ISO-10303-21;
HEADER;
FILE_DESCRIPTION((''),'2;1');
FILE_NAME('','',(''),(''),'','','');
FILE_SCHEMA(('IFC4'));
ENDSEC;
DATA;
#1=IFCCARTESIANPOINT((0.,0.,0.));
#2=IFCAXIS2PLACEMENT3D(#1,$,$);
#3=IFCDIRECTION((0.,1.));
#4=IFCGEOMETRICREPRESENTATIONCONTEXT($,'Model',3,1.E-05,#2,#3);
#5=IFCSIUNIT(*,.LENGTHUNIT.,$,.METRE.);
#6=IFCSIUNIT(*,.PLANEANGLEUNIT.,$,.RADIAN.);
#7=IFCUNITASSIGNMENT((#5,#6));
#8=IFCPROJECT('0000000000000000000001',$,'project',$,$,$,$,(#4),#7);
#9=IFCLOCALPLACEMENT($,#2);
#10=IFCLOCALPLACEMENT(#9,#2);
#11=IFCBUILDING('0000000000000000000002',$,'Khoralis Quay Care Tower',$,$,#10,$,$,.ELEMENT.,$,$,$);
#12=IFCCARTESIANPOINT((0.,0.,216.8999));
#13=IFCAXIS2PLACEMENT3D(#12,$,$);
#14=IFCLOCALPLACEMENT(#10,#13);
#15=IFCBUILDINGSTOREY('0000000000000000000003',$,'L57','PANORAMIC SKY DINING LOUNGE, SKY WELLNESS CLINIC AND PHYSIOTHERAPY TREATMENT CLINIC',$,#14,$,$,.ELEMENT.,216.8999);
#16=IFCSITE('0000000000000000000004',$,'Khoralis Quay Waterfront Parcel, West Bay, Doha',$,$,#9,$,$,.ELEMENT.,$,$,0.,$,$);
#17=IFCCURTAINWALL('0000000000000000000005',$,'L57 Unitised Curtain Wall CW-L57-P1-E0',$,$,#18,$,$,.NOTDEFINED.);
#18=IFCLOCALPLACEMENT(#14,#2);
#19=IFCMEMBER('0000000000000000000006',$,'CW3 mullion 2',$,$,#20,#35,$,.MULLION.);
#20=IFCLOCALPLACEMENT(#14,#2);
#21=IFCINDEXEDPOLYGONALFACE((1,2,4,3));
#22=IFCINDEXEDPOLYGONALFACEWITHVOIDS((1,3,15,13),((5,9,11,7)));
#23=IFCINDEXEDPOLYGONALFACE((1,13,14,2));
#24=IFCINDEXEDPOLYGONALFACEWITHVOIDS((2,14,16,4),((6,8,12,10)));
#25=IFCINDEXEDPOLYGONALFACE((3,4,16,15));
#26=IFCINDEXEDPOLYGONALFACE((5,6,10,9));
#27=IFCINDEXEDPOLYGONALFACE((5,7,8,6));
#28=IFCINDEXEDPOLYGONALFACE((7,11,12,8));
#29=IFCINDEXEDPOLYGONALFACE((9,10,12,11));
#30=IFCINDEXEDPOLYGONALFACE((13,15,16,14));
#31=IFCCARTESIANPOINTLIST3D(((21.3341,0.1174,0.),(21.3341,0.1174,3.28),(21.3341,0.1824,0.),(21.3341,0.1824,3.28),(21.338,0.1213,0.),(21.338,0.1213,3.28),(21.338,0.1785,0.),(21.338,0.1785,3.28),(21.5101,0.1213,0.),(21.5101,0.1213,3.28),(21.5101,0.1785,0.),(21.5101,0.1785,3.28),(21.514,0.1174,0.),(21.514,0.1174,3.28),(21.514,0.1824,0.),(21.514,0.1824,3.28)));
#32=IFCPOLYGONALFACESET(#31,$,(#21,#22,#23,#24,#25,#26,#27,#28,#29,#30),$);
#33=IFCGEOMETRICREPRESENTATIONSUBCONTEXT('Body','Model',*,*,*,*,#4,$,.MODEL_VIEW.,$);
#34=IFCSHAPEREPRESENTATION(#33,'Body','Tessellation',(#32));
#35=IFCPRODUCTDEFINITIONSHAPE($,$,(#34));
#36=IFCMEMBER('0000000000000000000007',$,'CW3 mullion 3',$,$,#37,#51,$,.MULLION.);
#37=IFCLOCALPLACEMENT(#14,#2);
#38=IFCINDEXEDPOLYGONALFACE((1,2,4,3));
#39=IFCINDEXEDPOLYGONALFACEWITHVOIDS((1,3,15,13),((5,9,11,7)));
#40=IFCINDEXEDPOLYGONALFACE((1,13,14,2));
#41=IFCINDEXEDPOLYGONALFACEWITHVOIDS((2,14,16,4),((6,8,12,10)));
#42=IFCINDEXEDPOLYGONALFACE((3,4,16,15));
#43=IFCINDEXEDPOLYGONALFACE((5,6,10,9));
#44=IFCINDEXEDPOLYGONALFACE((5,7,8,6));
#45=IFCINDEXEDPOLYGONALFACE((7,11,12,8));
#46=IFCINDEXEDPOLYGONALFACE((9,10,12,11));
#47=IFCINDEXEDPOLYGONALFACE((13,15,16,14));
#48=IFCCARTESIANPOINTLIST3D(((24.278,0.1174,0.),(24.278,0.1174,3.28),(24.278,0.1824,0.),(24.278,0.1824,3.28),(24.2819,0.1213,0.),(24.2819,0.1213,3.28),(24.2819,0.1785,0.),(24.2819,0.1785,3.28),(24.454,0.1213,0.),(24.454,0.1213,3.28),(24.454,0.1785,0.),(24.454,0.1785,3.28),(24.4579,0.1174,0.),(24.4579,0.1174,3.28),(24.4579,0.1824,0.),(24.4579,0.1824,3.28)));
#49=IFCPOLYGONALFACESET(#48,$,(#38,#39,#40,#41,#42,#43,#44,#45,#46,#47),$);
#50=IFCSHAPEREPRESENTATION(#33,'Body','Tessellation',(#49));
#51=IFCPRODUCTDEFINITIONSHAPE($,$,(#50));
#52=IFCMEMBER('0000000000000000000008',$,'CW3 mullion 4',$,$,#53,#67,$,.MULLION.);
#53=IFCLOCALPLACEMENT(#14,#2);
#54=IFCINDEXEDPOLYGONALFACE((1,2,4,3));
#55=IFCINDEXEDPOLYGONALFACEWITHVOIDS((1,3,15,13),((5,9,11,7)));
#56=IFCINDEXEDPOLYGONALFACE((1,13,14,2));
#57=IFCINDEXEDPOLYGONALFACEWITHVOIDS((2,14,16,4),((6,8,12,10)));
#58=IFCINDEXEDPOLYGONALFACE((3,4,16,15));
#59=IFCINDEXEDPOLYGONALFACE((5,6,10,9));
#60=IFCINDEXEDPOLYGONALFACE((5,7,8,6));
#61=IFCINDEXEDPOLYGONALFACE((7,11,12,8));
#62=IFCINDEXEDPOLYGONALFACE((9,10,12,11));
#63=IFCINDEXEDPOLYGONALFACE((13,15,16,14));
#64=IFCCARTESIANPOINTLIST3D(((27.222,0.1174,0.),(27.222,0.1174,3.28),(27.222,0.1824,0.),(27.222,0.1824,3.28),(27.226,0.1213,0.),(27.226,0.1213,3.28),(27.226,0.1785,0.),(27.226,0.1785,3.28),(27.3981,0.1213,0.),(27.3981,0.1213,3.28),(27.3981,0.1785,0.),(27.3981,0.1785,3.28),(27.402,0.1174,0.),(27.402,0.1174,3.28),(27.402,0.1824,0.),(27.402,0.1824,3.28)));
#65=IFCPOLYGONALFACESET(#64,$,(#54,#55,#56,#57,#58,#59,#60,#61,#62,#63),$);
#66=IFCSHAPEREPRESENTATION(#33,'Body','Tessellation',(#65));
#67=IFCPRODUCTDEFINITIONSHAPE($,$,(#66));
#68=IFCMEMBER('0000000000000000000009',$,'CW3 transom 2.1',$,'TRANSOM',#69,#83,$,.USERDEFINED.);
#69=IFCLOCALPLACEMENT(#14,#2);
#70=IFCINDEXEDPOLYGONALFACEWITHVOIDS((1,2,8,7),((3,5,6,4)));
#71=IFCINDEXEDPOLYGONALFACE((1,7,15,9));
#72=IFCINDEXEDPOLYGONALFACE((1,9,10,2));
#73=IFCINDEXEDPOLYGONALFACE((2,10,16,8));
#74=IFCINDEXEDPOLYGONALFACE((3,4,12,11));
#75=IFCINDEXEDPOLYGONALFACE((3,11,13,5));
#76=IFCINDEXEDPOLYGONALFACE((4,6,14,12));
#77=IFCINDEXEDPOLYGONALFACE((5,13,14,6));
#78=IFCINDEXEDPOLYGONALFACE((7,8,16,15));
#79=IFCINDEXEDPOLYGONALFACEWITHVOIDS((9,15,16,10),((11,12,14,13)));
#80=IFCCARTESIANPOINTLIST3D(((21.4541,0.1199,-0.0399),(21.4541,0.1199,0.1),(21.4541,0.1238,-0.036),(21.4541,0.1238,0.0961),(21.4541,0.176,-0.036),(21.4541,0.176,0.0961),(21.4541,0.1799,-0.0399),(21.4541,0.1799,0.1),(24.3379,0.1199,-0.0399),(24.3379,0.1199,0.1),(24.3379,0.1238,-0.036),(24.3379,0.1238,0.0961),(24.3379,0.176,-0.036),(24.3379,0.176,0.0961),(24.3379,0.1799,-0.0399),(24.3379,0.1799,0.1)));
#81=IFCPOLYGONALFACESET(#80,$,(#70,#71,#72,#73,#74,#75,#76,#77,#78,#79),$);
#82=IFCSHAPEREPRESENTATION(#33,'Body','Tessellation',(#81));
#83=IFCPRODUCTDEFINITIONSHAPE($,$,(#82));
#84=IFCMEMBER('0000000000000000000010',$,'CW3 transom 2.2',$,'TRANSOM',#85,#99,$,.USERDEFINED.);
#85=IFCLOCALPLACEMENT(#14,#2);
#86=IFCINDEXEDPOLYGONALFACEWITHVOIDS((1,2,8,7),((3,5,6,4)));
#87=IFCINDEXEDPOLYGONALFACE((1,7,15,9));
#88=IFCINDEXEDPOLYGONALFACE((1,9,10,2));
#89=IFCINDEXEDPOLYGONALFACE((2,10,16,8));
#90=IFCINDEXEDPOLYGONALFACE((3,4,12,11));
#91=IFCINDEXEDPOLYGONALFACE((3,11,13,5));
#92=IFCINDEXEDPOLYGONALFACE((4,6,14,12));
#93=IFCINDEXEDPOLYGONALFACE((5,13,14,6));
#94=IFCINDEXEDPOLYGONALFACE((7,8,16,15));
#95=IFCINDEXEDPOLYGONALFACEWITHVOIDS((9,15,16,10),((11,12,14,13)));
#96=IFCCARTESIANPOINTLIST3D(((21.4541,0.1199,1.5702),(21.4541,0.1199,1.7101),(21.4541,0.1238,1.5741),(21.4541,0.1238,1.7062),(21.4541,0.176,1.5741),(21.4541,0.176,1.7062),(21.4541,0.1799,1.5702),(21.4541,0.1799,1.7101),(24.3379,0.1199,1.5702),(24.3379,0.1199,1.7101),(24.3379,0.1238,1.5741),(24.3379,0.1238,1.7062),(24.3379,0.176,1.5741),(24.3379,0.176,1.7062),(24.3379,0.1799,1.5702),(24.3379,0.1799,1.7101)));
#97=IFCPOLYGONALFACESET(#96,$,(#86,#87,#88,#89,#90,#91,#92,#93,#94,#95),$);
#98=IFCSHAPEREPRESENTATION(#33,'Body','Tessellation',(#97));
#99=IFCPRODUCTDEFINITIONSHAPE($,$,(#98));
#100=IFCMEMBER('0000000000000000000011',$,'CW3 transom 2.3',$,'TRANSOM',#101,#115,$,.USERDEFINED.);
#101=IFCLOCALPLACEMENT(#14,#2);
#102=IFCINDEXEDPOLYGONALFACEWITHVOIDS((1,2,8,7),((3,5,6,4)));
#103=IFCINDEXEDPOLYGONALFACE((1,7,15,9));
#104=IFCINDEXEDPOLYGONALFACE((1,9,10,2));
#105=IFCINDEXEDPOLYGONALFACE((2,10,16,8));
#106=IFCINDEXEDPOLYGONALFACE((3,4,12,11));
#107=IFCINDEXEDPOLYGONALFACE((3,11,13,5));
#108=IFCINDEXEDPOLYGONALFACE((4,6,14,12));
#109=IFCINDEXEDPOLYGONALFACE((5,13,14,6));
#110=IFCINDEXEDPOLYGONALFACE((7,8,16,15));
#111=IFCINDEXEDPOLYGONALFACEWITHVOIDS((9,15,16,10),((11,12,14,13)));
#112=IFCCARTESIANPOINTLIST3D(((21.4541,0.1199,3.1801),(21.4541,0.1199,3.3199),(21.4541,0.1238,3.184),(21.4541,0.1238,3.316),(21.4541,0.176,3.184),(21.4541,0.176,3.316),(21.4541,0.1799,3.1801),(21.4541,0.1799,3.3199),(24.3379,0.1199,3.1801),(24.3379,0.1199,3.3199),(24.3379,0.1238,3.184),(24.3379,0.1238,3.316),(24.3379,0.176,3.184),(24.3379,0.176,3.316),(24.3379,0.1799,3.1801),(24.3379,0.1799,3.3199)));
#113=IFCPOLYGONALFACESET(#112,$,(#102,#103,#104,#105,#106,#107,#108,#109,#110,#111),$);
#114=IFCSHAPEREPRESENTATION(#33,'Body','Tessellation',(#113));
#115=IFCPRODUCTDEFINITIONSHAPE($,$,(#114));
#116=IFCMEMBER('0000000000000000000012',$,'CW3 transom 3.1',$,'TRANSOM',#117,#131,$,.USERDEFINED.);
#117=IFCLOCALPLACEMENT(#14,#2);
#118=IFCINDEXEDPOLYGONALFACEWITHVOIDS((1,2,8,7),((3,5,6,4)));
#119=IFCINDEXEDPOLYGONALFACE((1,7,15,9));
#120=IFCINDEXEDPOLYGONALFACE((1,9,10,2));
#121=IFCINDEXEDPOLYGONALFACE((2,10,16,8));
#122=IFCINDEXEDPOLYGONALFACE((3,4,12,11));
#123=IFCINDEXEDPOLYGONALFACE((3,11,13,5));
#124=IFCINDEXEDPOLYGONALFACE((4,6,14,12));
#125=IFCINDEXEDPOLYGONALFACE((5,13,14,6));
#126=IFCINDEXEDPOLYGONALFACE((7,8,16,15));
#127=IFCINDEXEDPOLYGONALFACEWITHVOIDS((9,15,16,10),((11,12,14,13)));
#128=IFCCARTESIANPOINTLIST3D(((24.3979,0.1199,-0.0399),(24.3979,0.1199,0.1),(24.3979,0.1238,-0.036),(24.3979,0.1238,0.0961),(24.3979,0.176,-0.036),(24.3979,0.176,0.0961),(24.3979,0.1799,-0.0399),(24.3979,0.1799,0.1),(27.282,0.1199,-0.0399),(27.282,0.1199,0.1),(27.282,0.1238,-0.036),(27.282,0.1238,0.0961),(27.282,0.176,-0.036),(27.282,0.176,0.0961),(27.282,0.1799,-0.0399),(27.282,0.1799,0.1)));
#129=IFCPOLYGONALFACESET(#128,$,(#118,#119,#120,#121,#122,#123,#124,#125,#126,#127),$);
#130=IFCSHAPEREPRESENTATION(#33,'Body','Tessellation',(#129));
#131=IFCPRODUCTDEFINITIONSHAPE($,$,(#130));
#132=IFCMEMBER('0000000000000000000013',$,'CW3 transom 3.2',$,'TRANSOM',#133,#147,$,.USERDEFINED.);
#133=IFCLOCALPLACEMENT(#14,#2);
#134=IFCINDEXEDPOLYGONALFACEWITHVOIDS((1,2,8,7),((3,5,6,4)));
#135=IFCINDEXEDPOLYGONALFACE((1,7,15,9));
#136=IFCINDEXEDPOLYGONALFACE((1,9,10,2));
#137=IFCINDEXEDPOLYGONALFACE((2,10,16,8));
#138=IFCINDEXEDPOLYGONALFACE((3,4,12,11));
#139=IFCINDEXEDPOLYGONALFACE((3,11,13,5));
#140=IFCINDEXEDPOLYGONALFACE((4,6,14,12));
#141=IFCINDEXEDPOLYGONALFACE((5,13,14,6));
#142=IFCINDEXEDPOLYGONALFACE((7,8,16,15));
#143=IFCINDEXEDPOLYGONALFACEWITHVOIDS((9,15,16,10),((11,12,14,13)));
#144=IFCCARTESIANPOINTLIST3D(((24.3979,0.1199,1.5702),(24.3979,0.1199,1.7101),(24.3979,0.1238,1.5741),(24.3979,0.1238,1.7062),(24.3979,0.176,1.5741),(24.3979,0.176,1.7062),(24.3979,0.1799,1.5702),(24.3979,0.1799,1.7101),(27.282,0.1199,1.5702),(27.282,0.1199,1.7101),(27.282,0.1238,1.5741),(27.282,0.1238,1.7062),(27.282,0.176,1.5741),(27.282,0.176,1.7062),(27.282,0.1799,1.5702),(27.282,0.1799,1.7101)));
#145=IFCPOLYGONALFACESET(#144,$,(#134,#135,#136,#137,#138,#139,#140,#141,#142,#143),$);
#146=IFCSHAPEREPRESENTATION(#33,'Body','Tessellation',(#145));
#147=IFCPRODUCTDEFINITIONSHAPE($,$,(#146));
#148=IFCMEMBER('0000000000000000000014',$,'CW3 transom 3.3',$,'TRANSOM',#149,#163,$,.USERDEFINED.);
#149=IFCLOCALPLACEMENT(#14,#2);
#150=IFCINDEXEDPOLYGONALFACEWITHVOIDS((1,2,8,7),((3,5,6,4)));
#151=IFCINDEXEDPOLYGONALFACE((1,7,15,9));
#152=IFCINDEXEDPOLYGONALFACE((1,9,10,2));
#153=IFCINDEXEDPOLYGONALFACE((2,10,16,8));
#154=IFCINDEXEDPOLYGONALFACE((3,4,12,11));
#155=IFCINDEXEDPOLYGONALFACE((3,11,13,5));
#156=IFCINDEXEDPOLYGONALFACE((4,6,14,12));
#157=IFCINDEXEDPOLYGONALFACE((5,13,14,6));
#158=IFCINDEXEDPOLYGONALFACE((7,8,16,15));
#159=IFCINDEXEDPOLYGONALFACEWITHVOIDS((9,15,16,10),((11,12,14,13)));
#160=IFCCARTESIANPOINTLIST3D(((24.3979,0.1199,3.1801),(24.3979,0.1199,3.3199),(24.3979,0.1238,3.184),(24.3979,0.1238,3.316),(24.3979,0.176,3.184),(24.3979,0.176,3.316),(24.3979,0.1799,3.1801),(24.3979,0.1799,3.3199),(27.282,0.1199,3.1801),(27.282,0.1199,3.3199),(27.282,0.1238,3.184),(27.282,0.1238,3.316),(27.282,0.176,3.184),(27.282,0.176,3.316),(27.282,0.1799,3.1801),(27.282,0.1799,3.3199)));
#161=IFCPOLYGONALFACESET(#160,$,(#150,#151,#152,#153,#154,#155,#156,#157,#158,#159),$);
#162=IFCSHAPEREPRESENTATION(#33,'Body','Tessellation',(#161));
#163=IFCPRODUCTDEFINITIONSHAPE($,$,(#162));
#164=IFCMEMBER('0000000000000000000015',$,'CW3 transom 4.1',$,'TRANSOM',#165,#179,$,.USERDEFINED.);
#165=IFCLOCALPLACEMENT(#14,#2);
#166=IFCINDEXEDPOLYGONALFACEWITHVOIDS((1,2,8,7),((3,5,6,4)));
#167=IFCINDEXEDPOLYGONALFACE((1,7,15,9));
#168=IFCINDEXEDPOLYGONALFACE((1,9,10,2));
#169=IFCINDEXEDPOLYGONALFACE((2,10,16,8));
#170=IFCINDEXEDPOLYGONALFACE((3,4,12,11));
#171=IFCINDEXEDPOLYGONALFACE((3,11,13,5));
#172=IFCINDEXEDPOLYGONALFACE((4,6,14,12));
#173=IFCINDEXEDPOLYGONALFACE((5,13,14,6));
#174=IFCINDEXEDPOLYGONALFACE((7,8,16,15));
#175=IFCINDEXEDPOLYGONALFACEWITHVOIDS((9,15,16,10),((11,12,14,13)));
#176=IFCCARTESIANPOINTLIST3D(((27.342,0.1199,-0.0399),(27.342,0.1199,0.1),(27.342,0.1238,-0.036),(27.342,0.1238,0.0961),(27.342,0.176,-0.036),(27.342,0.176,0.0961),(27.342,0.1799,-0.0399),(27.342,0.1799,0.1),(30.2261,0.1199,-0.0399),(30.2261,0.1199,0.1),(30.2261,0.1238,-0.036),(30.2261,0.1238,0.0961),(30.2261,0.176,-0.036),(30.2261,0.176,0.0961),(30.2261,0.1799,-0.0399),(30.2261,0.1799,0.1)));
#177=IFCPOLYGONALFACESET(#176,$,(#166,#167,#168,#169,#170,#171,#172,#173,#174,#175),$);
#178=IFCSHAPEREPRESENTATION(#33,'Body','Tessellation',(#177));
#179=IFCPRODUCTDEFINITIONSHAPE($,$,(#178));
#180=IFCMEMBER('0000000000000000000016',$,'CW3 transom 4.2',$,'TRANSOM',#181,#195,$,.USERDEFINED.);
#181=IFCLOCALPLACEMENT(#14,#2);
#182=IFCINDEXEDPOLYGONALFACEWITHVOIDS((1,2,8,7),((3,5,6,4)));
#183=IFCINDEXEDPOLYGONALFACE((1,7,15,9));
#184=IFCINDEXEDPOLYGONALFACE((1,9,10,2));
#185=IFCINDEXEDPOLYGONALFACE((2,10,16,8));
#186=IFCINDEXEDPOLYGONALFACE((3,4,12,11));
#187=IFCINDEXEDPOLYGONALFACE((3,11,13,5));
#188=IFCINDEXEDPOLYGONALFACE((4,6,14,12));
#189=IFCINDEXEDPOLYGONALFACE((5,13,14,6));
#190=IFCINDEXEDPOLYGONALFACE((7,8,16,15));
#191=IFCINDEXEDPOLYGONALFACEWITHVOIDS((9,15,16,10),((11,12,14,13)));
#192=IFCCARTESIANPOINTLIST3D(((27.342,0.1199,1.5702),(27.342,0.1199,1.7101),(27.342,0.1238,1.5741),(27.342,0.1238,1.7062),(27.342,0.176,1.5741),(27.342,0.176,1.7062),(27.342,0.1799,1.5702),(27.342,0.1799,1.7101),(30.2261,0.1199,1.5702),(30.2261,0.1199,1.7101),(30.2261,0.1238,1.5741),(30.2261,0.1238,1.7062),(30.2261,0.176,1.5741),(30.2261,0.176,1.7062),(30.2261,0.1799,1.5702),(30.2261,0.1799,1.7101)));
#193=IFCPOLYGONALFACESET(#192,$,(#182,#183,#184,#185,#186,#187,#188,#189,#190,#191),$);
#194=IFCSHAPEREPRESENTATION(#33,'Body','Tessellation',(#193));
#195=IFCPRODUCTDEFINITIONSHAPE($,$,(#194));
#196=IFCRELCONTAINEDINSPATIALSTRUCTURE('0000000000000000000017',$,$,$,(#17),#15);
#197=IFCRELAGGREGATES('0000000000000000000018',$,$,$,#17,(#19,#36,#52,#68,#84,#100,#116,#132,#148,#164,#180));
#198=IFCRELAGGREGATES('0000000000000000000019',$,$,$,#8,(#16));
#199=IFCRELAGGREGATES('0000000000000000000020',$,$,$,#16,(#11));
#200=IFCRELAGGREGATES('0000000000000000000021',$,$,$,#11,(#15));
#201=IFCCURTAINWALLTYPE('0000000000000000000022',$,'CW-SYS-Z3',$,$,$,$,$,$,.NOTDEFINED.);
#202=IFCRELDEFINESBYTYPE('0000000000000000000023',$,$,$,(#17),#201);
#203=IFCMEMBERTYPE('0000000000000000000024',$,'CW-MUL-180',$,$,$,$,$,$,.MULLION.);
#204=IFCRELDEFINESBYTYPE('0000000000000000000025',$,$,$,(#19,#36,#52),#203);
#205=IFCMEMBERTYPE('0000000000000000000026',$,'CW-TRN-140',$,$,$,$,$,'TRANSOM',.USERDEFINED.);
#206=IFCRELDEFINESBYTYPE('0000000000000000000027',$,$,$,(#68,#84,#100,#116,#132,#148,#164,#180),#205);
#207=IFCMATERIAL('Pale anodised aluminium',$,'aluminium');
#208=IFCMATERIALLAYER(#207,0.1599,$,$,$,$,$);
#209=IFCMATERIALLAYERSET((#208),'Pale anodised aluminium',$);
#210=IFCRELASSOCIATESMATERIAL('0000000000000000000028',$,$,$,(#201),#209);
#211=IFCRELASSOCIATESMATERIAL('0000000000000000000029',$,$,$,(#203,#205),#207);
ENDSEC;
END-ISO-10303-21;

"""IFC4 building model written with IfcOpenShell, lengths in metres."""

from ifc_helpers import new_model, si_unit, direction, frame, origin, origin_2d, place, context, subcontext, project, spatial, hollow_rectangle, extrude, source, transform, mapped, material, layer, layer_set, material_profile, profile_set, type_object, element, aggregate, save


model = new_model("IFC4")

# Units and contexts
model_context = context("Model", 3, precision=1e-05, world=origin(), true_north=direction((0.0, 1.0)))
body_context = subcontext(model_context, "Body", "Model", "MODEL_VIEW")
ifc_project = project(units=[si_unit("LENGTHUNIT", "METRE"), si_unit("PLANEANGLEUNIT", "RADIAN")], contexts=[model_context])

# Site, building, storey
site_placement = place(None, origin())
site = spatial("IfcSite", under=ifc_project, at=site_placement, Name="Khoralis Quay Waterfront Parcel, West Bay, Doha", CompositionType="ELEMENT", RefElevation=0.0)
building_placement = place(site_placement, origin())
building = spatial("IfcBuilding", under=site, at=building_placement, Name="Khoralis Quay Care Tower", CompositionType="ELEMENT")
storey_placement = place(building_placement, frame((0.0, 0.0, 216.8999)))
storey = spatial("IfcBuildingStorey", under=building, at=storey_placement, Name="L57", Description="PANORAMIC SKY DINING LOUNGE, SKY WELLNESS CLINIC AND PHYSIOTHERAPY TREATMENT CLINIC", CompositionType="ELEMENT", Elevation=216.8999)

# Curtain wall, members
ifc_material_1 = material(Name="Pale anodised aluminium", Category="aluminium")
ifc_layer_1 = layer(ifc_material_1, 0.1599)
ifc_layer_set_1 = layer_set([ifc_layer_1], Name="Pale anodised aluminium")
curtain_wall_type = type_object("IfcCurtainWallType", Name="CW-SYS-Z3", PredefinedType="NOTDEFINED", material=ifc_layer_set_1)
curtain_wall_placement = place(storey_placement, origin())
curtain_wall = element("IfcCurtainWall", 1, at=curtain_wall_placement, inside=storey, type_object=curtain_wall_type, Name="L57 Unitised Curtain Wall CW-L57-P1-E0", PredefinedType="NOTDEFINED")
ifc_material_profile_1 = material_profile(ifc_material_1, hollow_rectangle(XDim=0.0649, YDim=0.1799, WallThickness=0.0039, at=origin_2d()), Name="Pale anodised aluminium")
ifc_profile_set_1 = profile_set([ifc_material_profile_1], Name="Pale anodised aluminium")
member_type_1 = type_object("IfcMemberType", Name="CW-MUL-180", PredefinedType="MULLION", material=ifc_profile_set_1)
shared_shape_1 = source(origin(), body_context, "Body", "SweptSolid", [
    extrude(hollow_rectangle(XDim=0.0649, YDim=0.1799, WallThickness=0.0039, at=origin_2d()), origin(), (0.0, 0.0, 1.0), 3.28),
])
member_1_placement = place(storey_placement, frame((21.4241, 0.1499, 0.0), z_axis=(0.0, 0.0, 1.0), x_axis=(0.0, 1.0, 0.0)))
member_1 = element("IfcMember", 2, at=member_1_placement, type_object=member_type_1, Name="CW3 mullion 2", PredefinedType="MULLION", context=body_context, shape_type="MappedRepresentation", body=[
    mapped(shared_shape_1, transform((0.0, 0.0, 0.0), scale=1.0)),
])
member_2_placement = place(storey_placement, frame((24.3679, 0.1499, 0.0), z_axis=(0.0, 0.0, 1.0), x_axis=(0.0, 1.0, 0.0)))
member_2 = element("IfcMember", 3, at=member_2_placement, type_object=member_type_1, Name="CW3 mullion 3", PredefinedType="MULLION", context=body_context, shape_type="MappedRepresentation", body=[
    mapped(shared_shape_1, transform((0.0, 0.0, 0.0), scale=1.0)),
])
member_3_placement = place(storey_placement, frame((27.312, 0.1499, 0.0), z_axis=(0.0, 0.0, 1.0), x_axis=(0.0, 1.0, 0.0)))
member_3 = element("IfcMember", 4, at=member_3_placement, type_object=member_type_1, Name="CW3 mullion 4", PredefinedType="MULLION", context=body_context, shape_type="MappedRepresentation", body=[
    mapped(shared_shape_1, transform((0.0, 0.0, 0.0), scale=1.0)),
])
ifc_material_profile_2 = material_profile(ifc_material_1, hollow_rectangle(XDim=0.0601, YDim=0.1399, WallThickness=0.0039, at=origin_2d()), Name="Pale anodised aluminium")
ifc_profile_set_2 = profile_set([ifc_material_profile_2], Name="Pale anodised aluminium")
member_type_2 = type_object("IfcMemberType", Name="CW-TRN-140", ElementType="TRANSOM", PredefinedType="USERDEFINED", material=ifc_profile_set_2)
shared_shape_2 = source(origin(), body_context, "Body", "SweptSolid", [
    extrude(hollow_rectangle(XDim=0.0601, YDim=0.1399, WallThickness=0.0039, at=origin_2d()), origin(), (0.0, 0.0, 1.0), 2.8838),
])
member_4_placement = place(storey_placement, frame((21.4541, 0.1499, 0.03), z_axis=(1.0, 0.0, 0.0), x_axis=(0.0, 1.0, 0.0)))
member_4 = element("IfcMember", 5, at=member_4_placement, type_object=member_type_2, Name="CW3 transom 2.1", ObjectType="TRANSOM", PredefinedType="USERDEFINED", context=body_context, shape_type="MappedRepresentation", body=[
    mapped(shared_shape_2, transform((0.0, 0.0, 0.0), scale=1.0)),
])
member_5_placement = place(storey_placement, frame((21.4541, 0.1499, 1.6401), z_axis=(1.0, 0.0, 0.0), x_axis=(0.0, 1.0, 0.0)))
member_5 = element("IfcMember", 6, at=member_5_placement, type_object=member_type_2, Name="CW3 transom 2.2", ObjectType="TRANSOM", PredefinedType="USERDEFINED", context=body_context, shape_type="MappedRepresentation", body=[
    mapped(shared_shape_2, transform((0.0, 0.0, 0.0), scale=1.0)),
])
member_6_placement = place(storey_placement, frame((21.4541, 0.1499, 3.25), z_axis=(1.0, 0.0, 0.0), x_axis=(0.0, 1.0, 0.0)))
member_6 = element("IfcMember", 7, at=member_6_placement, type_object=member_type_2, Name="CW3 transom 2.3", ObjectType="TRANSOM", PredefinedType="USERDEFINED", context=body_context, shape_type="MappedRepresentation", body=[
    mapped(shared_shape_2, transform((0.0, 0.0, 0.0), scale=1.0)),
])
shared_shape_3 = source(origin(), body_context, "Body", "SweptSolid", [
    extrude(hollow_rectangle(XDim=0.0601, YDim=0.1399, WallThickness=0.0039, at=origin_2d()), origin(), (0.0, 0.0, 1.0), 2.884),
])
member_7_placement = place(storey_placement, frame((24.3979, 0.1499, 0.03), z_axis=(1.0, 0.0, 0.0), x_axis=(0.0, 1.0, 0.0)))
member_7 = element("IfcMember", 8, at=member_7_placement, type_object=member_type_2, Name="CW3 transom 3.1", ObjectType="TRANSOM", PredefinedType="USERDEFINED", context=body_context, shape_type="MappedRepresentation", body=[
    mapped(shared_shape_3, transform((0.0, 0.0, 0.0), scale=1.0)),
])
member_8_placement = place(storey_placement, frame((24.3979, 0.1499, 1.6401), z_axis=(1.0, 0.0, 0.0), x_axis=(0.0, 1.0, 0.0)))
member_8 = element("IfcMember", 9, at=member_8_placement, type_object=member_type_2, Name="CW3 transom 3.2", ObjectType="TRANSOM", PredefinedType="USERDEFINED", context=body_context, shape_type="MappedRepresentation", body=[
    mapped(shared_shape_3, transform((0.0, 0.0, 0.0), scale=1.0)),
])
member_9_placement = place(storey_placement, frame((24.3979, 0.1499, 3.25), z_axis=(1.0, 0.0, 0.0), x_axis=(0.0, 1.0, 0.0)))
member_9 = element("IfcMember", 10, at=member_9_placement, type_object=member_type_2, Name="CW3 transom 3.3", ObjectType="TRANSOM", PredefinedType="USERDEFINED", context=body_context, shape_type="MappedRepresentation", body=[
    mapped(shared_shape_3, transform((0.0, 0.0, 0.0), scale=1.0)),
])
member_10_placement = place(storey_placement, frame((27.342, 0.1499, 0.03), z_axis=(1.0, 0.0, 0.0), x_axis=(0.0, 1.0, 0.0)))
member_10 = element("IfcMember", 11, at=member_10_placement, type_object=member_type_2, Name="CW3 transom 4.1", ObjectType="TRANSOM", PredefinedType="USERDEFINED", context=body_context, shape_type="MappedRepresentation", body=[
    mapped(shared_shape_3, transform((0.0, 0.0, 0.0), scale=1.0)),
])
member_11_placement = place(storey_placement, frame((27.342, 0.1499, 1.6401), z_axis=(1.0, 0.0, 0.0), x_axis=(0.0, 1.0, 0.0)))
member_11 = element("IfcMember", 12, at=member_11_placement, type_object=member_type_2, Name="CW3 transom 4.2", ObjectType="TRANSOM", PredefinedType="USERDEFINED", context=body_context, shape_type="MappedRepresentation", body=[
    mapped(shared_shape_3, transform((0.0, 0.0, 0.0), scale=1.0)),
])
aggregate(curtain_wall, [member_1, member_2, member_3, member_4, member_5, member_6, member_7, member_8, member_9, member_10, member_11])

save(model, "model.ifc")
